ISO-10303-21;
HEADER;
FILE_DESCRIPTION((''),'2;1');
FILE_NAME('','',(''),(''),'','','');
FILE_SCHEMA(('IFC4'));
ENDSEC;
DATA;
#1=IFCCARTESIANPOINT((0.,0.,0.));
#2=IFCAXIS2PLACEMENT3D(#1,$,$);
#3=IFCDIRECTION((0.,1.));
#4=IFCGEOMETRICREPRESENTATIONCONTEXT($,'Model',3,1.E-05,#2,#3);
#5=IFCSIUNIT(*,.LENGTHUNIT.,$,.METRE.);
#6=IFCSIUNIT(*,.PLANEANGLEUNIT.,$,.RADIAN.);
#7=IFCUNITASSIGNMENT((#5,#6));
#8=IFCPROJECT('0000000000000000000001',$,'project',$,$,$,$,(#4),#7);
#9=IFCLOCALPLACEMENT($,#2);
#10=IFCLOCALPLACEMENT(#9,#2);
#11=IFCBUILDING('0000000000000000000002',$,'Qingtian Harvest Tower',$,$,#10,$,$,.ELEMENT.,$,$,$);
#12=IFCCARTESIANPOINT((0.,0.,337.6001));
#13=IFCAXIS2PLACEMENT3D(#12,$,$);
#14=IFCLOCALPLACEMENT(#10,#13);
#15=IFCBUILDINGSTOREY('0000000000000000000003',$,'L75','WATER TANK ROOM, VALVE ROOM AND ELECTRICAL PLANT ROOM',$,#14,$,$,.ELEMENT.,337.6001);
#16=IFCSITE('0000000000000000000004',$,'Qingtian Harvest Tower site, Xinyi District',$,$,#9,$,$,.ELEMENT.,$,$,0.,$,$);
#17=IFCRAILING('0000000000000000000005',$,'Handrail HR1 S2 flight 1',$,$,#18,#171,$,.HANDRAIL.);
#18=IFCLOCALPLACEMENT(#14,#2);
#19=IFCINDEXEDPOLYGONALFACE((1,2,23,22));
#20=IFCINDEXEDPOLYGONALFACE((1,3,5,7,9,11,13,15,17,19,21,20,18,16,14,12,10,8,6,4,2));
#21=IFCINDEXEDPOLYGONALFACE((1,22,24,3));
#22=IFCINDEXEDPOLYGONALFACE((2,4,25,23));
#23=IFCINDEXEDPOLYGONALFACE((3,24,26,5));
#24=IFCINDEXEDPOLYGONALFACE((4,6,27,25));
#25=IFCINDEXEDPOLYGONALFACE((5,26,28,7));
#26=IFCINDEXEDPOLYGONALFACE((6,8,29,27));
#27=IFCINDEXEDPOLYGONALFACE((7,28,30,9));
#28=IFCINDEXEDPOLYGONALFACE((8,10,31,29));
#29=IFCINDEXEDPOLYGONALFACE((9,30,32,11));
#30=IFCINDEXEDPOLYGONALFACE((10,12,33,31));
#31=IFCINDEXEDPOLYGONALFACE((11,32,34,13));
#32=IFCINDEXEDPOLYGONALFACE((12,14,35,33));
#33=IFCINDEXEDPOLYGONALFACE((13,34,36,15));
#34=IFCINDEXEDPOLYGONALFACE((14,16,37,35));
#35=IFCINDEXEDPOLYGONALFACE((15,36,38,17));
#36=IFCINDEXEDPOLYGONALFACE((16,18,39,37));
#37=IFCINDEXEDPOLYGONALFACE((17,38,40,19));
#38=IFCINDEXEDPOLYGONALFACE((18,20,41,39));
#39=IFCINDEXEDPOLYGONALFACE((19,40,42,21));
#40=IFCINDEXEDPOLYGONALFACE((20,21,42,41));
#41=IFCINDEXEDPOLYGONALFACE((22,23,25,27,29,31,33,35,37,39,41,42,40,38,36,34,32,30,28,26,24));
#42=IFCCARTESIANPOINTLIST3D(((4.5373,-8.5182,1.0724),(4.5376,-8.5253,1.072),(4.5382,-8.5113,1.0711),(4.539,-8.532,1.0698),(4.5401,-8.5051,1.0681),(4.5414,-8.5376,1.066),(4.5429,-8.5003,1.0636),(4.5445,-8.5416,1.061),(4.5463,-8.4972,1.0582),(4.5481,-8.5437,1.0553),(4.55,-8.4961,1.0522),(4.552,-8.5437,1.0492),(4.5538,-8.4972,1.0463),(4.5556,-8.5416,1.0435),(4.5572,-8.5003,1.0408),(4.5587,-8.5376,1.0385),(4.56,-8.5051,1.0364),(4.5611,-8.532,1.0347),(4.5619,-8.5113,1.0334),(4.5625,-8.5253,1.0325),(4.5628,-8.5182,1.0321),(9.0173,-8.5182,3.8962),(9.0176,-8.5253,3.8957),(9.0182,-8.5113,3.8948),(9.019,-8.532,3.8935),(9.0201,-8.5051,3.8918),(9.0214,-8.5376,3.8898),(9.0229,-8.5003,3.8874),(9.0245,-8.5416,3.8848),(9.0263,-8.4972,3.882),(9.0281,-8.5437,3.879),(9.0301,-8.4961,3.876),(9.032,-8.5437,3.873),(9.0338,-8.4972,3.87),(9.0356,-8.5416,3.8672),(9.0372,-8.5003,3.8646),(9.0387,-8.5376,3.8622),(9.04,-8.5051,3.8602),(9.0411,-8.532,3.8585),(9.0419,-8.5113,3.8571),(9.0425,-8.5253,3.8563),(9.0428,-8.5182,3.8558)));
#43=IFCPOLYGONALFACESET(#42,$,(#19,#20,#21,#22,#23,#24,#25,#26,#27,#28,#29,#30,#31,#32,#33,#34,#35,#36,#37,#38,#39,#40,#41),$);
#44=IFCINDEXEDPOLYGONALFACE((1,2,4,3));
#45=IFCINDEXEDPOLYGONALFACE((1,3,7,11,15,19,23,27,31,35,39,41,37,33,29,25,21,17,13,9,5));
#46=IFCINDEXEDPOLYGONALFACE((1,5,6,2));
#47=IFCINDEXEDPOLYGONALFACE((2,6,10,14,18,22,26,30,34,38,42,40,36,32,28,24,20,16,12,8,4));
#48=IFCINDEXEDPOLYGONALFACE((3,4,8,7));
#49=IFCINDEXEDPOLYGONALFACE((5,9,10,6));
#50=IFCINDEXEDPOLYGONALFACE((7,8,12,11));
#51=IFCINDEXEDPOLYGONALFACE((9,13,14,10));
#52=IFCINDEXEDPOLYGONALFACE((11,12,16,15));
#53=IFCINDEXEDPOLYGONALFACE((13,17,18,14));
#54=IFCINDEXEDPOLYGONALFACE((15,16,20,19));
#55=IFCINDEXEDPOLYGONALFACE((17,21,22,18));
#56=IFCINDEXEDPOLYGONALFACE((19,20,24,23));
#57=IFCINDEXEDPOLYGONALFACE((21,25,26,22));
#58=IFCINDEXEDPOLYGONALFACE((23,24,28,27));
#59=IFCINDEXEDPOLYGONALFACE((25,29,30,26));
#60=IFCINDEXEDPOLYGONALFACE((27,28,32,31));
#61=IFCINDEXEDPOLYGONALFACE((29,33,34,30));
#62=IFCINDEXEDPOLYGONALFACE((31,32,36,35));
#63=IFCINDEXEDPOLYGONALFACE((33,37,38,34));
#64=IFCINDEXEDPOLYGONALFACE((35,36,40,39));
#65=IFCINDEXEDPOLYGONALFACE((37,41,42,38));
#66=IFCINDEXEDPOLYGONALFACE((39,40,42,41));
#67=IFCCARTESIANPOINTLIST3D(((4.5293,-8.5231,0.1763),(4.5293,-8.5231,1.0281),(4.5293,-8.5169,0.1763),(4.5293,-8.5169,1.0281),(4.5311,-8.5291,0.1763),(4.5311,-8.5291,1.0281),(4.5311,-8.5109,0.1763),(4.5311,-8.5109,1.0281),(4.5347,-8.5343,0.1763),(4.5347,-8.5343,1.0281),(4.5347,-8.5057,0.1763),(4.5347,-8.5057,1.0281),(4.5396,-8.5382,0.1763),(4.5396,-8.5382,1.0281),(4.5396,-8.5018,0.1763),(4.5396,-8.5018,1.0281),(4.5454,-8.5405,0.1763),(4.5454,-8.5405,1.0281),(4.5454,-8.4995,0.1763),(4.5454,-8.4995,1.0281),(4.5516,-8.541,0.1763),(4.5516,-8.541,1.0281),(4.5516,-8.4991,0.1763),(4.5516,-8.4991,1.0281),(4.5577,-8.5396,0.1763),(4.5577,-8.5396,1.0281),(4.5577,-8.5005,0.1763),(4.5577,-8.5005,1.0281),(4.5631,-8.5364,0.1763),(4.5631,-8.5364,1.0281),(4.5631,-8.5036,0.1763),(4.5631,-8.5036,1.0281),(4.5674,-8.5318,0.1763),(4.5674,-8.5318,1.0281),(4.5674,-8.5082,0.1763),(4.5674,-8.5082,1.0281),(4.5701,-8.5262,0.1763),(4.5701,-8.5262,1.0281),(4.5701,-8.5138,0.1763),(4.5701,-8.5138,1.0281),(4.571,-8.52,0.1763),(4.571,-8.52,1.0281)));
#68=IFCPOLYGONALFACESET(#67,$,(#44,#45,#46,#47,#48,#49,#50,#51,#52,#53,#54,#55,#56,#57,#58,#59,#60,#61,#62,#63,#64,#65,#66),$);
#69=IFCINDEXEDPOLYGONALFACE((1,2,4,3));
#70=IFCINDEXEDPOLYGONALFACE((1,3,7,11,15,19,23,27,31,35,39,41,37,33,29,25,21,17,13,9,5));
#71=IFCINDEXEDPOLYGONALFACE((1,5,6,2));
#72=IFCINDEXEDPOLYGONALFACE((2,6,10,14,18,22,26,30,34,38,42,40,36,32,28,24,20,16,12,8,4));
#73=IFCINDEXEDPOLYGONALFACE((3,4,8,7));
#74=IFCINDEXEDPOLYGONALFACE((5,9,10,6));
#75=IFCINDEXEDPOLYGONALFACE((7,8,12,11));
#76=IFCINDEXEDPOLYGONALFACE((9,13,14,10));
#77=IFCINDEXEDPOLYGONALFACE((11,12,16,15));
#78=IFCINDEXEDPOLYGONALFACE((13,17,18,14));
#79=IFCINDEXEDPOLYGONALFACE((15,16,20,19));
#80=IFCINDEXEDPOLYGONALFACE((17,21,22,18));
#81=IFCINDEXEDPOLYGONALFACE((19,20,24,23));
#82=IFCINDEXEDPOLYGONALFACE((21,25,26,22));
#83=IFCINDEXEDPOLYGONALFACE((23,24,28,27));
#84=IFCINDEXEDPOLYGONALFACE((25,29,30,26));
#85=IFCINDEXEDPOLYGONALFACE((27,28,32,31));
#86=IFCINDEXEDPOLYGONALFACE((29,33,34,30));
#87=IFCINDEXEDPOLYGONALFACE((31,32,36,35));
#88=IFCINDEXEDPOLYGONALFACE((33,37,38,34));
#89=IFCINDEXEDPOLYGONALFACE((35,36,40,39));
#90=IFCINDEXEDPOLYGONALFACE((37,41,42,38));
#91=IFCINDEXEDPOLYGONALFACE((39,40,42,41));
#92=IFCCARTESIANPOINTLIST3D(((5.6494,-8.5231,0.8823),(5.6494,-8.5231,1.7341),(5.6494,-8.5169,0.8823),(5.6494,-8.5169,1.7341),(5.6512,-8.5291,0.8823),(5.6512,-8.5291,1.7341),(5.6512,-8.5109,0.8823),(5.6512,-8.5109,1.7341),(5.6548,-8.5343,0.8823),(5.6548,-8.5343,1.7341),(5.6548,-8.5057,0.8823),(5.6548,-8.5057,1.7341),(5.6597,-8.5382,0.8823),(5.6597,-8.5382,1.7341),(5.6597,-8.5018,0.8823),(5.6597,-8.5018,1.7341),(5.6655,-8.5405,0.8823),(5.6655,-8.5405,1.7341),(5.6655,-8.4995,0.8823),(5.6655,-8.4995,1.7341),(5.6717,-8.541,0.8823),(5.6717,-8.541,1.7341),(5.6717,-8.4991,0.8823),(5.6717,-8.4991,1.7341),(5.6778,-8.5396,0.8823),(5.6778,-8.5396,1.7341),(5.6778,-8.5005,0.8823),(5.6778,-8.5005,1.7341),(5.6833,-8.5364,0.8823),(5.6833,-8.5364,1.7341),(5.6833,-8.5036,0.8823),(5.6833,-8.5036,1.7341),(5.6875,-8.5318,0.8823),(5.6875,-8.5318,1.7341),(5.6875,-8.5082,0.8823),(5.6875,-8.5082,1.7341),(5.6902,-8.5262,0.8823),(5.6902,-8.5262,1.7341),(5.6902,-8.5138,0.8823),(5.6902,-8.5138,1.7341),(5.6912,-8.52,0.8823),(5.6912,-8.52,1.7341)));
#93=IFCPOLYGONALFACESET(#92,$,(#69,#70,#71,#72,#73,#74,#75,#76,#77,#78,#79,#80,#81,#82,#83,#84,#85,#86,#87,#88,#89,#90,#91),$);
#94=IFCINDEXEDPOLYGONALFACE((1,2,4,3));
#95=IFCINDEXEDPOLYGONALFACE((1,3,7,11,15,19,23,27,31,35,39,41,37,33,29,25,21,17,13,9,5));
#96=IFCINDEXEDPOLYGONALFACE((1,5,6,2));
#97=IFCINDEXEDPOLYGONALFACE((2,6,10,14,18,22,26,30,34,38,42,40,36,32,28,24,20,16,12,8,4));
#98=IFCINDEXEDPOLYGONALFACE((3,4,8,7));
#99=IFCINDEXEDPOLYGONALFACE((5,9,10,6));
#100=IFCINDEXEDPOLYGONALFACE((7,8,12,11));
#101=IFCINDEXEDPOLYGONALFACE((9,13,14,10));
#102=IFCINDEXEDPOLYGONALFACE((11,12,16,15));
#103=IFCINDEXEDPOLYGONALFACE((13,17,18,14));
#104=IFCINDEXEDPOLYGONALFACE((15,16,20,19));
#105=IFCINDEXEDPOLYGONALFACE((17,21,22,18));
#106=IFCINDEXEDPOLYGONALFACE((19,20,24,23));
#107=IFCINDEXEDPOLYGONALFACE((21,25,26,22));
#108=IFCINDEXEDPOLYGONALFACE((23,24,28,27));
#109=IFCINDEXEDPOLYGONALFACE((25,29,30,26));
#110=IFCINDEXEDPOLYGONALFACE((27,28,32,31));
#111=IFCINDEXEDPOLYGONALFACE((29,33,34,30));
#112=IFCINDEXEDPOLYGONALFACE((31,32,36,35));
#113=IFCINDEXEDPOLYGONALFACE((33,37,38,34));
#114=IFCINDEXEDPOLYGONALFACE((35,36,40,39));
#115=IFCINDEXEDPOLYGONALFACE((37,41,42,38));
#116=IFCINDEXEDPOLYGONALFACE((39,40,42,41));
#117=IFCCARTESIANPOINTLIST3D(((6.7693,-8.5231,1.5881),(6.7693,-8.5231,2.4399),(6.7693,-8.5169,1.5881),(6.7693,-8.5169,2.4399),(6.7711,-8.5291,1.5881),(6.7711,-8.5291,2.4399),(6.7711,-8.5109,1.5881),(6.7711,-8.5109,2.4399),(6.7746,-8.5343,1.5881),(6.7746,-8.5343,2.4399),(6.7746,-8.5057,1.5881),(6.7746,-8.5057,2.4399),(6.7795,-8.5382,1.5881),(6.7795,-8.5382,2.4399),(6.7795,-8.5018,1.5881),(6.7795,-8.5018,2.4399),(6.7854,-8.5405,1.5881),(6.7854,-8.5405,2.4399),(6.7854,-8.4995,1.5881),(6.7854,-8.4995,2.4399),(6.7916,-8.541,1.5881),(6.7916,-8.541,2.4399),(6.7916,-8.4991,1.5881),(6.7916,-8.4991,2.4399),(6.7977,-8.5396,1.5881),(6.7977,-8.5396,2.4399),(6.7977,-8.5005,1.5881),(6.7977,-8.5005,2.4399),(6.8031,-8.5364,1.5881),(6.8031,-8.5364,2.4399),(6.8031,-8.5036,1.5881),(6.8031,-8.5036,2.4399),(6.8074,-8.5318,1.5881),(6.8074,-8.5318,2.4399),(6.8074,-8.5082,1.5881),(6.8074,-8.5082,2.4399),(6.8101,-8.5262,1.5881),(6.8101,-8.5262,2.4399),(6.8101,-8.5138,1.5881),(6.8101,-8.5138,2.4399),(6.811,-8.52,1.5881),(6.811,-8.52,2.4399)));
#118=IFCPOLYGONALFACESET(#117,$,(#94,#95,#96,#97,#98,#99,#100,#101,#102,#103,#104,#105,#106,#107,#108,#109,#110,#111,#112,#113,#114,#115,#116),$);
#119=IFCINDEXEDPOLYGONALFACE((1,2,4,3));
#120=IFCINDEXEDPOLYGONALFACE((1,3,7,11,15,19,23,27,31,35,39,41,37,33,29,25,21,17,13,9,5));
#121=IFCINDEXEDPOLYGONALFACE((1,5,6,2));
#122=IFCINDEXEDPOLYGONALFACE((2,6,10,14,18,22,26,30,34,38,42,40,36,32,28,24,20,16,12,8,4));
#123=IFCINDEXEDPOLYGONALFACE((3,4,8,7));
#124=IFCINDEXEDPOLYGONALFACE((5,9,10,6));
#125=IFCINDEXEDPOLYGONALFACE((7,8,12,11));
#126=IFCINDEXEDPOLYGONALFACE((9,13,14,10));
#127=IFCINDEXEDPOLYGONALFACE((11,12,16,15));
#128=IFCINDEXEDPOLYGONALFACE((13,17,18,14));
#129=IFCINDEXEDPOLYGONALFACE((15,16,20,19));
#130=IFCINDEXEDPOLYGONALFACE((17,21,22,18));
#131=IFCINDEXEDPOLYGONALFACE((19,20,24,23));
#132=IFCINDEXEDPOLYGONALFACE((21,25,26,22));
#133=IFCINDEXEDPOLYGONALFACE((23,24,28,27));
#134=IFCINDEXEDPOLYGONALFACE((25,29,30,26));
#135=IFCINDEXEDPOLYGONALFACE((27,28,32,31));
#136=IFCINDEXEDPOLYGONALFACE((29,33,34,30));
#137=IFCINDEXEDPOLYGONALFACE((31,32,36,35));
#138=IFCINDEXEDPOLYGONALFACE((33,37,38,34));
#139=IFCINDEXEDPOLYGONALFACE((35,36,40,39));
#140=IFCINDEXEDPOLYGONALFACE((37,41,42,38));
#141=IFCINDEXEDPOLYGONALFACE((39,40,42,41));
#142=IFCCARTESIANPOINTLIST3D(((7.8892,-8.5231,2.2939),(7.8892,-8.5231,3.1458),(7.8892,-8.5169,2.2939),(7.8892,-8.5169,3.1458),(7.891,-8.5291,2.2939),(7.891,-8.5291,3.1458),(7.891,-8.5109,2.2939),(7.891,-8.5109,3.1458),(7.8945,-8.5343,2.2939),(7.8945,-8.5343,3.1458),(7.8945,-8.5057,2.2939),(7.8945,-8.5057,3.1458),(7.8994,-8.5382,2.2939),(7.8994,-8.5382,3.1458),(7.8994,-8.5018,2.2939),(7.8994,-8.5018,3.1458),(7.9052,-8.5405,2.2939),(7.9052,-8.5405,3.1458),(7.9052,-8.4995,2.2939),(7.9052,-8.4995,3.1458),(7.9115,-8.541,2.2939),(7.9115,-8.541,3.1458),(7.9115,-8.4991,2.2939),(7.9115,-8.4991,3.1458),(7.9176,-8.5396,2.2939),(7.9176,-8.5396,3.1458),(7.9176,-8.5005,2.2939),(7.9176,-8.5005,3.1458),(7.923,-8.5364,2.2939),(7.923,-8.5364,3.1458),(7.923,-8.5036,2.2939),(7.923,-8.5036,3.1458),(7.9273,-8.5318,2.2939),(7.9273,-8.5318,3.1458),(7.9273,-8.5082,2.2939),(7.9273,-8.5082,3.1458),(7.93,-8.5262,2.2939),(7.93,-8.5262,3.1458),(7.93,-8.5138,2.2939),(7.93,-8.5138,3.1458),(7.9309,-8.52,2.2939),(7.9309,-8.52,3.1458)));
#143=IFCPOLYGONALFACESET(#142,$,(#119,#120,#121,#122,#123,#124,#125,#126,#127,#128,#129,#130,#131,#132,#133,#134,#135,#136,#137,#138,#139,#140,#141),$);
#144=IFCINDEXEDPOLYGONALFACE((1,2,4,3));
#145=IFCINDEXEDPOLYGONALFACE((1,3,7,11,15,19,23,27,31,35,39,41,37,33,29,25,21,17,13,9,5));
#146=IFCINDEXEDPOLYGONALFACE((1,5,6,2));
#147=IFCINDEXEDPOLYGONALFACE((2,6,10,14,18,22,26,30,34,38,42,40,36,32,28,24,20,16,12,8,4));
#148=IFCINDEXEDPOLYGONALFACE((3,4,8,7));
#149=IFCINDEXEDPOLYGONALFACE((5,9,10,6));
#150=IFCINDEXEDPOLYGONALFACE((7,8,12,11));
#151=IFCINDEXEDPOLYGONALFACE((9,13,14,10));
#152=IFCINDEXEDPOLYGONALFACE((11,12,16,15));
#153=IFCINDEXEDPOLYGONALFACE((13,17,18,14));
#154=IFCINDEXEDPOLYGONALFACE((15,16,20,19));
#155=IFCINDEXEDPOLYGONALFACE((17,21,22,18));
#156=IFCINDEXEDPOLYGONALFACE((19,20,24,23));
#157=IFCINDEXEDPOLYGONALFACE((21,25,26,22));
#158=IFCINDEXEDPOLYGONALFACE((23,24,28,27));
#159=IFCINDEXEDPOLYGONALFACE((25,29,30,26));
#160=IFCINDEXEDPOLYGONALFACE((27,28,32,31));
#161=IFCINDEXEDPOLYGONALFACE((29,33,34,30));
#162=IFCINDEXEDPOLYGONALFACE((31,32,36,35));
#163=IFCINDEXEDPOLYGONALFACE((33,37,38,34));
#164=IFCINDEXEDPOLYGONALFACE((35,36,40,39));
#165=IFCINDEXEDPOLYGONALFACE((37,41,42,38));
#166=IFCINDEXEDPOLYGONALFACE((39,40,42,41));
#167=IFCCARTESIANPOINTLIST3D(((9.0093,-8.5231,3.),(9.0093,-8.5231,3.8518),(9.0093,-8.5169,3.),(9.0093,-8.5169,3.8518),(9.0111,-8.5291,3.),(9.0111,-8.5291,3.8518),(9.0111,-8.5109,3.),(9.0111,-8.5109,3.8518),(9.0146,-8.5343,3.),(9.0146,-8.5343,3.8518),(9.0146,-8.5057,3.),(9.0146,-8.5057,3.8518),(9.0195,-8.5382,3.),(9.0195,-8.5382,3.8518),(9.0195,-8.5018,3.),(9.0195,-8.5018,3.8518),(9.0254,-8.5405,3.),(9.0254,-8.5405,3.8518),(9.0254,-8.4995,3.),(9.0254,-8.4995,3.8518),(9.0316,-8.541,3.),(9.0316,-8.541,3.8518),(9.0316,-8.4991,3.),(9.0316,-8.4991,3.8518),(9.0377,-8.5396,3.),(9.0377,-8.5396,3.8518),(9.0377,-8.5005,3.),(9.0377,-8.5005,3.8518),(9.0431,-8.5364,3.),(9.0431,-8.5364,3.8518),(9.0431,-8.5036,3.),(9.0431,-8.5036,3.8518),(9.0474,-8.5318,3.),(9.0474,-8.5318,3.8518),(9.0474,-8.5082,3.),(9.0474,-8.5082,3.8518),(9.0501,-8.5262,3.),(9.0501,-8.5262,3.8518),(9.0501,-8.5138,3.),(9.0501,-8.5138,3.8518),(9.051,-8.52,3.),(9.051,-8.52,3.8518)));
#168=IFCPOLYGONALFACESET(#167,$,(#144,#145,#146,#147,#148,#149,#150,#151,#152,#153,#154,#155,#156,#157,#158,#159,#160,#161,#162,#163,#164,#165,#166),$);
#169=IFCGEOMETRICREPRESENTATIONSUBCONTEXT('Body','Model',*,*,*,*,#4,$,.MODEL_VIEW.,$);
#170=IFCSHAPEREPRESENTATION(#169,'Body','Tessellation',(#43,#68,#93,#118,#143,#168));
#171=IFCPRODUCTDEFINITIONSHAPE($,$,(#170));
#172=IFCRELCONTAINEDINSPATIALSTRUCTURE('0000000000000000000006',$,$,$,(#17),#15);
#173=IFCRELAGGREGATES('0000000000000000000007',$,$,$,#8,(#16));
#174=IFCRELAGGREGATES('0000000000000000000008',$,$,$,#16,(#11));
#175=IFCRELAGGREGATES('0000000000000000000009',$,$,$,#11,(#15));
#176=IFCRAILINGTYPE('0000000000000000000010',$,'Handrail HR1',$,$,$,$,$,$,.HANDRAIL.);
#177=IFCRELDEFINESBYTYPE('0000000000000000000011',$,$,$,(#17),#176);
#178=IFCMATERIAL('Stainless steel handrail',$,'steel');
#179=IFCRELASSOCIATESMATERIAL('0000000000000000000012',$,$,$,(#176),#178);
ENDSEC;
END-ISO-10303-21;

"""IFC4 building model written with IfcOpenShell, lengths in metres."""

from ifc_helpers import new_model, si_unit, direction, frame, origin, origin_2d, place, context, subcontext, project, spatial, circle, extrude, material, type_object, element, save


model = new_model("IFC4")

# Units and contexts
model_context = context("Model", 3, precision=1e-05, world=origin(), true_north=direction((0.0, 1.0)))
body_context = subcontext(model_context, "Body", "Model", "MODEL_VIEW")
ifc_project = project(units=[si_unit("LENGTHUNIT", "METRE"), si_unit("PLANEANGLEUNIT", "RADIAN")], contexts=[model_context])

# Site, building, storey
site_placement = place(None, origin())
site = spatial("IfcSite", under=ifc_project, at=site_placement, Name="Qingtian Harvest Tower site, Xinyi District", CompositionType="ELEMENT", RefElevation=0.0)
building_placement = place(site_placement, origin())
building = spatial("IfcBuilding", under=site, at=building_placement, Name="Qingtian Harvest Tower", CompositionType="ELEMENT")
storey_placement = place(building_placement, frame((0.0, 0.0, 337.6001)))
storey = spatial("IfcBuildingStorey", under=building, at=storey_placement, Name="L75", Description="WATER TANK ROOM, VALVE ROOM AND ELECTRICAL PLANT ROOM", CompositionType="ELEMENT", Elevation=337.6001)

# Railing
ifc_material_1 = material(Name="Stainless steel handrail", Category="steel")
railing_type = type_object("IfcRailingType", Name="Handrail HR1", PredefinedType="HANDRAIL", material=ifc_material_1)
railing_1_placement = place(storey_placement, frame((4.55, -8.52, 0.1763)))
element("IfcRailing", 1, at=railing_1_placement, inside=storey, type_object=railing_type, Name="Handrail HR1 S2 flight 1", PredefinedType="HANDRAIL", context=body_context, shape_type="SweptSolid", body=[
    extrude(circle(Radius=0.0239, at=origin_2d()), frame((0.0, 0.0, 0.876), z_axis=(0.845977, 0.0, 0.533219), x_axis=(0.0, 1.0, 0.0)), (0.0, 0.0, 1.0), 5.2957),
    extrude(circle(Radius=0.021, at=origin_2d()), origin(), (0.0, 0.0, 1.0), 0.8518),
    extrude(circle(Radius=0.021, at=origin_2d()), frame((1.1201, 0.0, 0.7061)), (0.0, 0.0, 1.0), 0.8518),
    extrude(circle(Radius=0.021, at=origin_2d()), frame((2.24, 0.0, 1.4119)), (0.0, 0.0, 1.0), 0.8518),
    extrude(circle(Radius=0.021, at=origin_2d()), frame((3.3599, 0.0, 2.1177)), (0.0, 0.0, 1.0), 0.8518),
    extrude(circle(Radius=0.021, at=origin_2d()), frame((4.48, 0.0, 2.8237)), (0.0, 0.0, 1.0), 0.8518),
])

save(model, "model.ifc")
